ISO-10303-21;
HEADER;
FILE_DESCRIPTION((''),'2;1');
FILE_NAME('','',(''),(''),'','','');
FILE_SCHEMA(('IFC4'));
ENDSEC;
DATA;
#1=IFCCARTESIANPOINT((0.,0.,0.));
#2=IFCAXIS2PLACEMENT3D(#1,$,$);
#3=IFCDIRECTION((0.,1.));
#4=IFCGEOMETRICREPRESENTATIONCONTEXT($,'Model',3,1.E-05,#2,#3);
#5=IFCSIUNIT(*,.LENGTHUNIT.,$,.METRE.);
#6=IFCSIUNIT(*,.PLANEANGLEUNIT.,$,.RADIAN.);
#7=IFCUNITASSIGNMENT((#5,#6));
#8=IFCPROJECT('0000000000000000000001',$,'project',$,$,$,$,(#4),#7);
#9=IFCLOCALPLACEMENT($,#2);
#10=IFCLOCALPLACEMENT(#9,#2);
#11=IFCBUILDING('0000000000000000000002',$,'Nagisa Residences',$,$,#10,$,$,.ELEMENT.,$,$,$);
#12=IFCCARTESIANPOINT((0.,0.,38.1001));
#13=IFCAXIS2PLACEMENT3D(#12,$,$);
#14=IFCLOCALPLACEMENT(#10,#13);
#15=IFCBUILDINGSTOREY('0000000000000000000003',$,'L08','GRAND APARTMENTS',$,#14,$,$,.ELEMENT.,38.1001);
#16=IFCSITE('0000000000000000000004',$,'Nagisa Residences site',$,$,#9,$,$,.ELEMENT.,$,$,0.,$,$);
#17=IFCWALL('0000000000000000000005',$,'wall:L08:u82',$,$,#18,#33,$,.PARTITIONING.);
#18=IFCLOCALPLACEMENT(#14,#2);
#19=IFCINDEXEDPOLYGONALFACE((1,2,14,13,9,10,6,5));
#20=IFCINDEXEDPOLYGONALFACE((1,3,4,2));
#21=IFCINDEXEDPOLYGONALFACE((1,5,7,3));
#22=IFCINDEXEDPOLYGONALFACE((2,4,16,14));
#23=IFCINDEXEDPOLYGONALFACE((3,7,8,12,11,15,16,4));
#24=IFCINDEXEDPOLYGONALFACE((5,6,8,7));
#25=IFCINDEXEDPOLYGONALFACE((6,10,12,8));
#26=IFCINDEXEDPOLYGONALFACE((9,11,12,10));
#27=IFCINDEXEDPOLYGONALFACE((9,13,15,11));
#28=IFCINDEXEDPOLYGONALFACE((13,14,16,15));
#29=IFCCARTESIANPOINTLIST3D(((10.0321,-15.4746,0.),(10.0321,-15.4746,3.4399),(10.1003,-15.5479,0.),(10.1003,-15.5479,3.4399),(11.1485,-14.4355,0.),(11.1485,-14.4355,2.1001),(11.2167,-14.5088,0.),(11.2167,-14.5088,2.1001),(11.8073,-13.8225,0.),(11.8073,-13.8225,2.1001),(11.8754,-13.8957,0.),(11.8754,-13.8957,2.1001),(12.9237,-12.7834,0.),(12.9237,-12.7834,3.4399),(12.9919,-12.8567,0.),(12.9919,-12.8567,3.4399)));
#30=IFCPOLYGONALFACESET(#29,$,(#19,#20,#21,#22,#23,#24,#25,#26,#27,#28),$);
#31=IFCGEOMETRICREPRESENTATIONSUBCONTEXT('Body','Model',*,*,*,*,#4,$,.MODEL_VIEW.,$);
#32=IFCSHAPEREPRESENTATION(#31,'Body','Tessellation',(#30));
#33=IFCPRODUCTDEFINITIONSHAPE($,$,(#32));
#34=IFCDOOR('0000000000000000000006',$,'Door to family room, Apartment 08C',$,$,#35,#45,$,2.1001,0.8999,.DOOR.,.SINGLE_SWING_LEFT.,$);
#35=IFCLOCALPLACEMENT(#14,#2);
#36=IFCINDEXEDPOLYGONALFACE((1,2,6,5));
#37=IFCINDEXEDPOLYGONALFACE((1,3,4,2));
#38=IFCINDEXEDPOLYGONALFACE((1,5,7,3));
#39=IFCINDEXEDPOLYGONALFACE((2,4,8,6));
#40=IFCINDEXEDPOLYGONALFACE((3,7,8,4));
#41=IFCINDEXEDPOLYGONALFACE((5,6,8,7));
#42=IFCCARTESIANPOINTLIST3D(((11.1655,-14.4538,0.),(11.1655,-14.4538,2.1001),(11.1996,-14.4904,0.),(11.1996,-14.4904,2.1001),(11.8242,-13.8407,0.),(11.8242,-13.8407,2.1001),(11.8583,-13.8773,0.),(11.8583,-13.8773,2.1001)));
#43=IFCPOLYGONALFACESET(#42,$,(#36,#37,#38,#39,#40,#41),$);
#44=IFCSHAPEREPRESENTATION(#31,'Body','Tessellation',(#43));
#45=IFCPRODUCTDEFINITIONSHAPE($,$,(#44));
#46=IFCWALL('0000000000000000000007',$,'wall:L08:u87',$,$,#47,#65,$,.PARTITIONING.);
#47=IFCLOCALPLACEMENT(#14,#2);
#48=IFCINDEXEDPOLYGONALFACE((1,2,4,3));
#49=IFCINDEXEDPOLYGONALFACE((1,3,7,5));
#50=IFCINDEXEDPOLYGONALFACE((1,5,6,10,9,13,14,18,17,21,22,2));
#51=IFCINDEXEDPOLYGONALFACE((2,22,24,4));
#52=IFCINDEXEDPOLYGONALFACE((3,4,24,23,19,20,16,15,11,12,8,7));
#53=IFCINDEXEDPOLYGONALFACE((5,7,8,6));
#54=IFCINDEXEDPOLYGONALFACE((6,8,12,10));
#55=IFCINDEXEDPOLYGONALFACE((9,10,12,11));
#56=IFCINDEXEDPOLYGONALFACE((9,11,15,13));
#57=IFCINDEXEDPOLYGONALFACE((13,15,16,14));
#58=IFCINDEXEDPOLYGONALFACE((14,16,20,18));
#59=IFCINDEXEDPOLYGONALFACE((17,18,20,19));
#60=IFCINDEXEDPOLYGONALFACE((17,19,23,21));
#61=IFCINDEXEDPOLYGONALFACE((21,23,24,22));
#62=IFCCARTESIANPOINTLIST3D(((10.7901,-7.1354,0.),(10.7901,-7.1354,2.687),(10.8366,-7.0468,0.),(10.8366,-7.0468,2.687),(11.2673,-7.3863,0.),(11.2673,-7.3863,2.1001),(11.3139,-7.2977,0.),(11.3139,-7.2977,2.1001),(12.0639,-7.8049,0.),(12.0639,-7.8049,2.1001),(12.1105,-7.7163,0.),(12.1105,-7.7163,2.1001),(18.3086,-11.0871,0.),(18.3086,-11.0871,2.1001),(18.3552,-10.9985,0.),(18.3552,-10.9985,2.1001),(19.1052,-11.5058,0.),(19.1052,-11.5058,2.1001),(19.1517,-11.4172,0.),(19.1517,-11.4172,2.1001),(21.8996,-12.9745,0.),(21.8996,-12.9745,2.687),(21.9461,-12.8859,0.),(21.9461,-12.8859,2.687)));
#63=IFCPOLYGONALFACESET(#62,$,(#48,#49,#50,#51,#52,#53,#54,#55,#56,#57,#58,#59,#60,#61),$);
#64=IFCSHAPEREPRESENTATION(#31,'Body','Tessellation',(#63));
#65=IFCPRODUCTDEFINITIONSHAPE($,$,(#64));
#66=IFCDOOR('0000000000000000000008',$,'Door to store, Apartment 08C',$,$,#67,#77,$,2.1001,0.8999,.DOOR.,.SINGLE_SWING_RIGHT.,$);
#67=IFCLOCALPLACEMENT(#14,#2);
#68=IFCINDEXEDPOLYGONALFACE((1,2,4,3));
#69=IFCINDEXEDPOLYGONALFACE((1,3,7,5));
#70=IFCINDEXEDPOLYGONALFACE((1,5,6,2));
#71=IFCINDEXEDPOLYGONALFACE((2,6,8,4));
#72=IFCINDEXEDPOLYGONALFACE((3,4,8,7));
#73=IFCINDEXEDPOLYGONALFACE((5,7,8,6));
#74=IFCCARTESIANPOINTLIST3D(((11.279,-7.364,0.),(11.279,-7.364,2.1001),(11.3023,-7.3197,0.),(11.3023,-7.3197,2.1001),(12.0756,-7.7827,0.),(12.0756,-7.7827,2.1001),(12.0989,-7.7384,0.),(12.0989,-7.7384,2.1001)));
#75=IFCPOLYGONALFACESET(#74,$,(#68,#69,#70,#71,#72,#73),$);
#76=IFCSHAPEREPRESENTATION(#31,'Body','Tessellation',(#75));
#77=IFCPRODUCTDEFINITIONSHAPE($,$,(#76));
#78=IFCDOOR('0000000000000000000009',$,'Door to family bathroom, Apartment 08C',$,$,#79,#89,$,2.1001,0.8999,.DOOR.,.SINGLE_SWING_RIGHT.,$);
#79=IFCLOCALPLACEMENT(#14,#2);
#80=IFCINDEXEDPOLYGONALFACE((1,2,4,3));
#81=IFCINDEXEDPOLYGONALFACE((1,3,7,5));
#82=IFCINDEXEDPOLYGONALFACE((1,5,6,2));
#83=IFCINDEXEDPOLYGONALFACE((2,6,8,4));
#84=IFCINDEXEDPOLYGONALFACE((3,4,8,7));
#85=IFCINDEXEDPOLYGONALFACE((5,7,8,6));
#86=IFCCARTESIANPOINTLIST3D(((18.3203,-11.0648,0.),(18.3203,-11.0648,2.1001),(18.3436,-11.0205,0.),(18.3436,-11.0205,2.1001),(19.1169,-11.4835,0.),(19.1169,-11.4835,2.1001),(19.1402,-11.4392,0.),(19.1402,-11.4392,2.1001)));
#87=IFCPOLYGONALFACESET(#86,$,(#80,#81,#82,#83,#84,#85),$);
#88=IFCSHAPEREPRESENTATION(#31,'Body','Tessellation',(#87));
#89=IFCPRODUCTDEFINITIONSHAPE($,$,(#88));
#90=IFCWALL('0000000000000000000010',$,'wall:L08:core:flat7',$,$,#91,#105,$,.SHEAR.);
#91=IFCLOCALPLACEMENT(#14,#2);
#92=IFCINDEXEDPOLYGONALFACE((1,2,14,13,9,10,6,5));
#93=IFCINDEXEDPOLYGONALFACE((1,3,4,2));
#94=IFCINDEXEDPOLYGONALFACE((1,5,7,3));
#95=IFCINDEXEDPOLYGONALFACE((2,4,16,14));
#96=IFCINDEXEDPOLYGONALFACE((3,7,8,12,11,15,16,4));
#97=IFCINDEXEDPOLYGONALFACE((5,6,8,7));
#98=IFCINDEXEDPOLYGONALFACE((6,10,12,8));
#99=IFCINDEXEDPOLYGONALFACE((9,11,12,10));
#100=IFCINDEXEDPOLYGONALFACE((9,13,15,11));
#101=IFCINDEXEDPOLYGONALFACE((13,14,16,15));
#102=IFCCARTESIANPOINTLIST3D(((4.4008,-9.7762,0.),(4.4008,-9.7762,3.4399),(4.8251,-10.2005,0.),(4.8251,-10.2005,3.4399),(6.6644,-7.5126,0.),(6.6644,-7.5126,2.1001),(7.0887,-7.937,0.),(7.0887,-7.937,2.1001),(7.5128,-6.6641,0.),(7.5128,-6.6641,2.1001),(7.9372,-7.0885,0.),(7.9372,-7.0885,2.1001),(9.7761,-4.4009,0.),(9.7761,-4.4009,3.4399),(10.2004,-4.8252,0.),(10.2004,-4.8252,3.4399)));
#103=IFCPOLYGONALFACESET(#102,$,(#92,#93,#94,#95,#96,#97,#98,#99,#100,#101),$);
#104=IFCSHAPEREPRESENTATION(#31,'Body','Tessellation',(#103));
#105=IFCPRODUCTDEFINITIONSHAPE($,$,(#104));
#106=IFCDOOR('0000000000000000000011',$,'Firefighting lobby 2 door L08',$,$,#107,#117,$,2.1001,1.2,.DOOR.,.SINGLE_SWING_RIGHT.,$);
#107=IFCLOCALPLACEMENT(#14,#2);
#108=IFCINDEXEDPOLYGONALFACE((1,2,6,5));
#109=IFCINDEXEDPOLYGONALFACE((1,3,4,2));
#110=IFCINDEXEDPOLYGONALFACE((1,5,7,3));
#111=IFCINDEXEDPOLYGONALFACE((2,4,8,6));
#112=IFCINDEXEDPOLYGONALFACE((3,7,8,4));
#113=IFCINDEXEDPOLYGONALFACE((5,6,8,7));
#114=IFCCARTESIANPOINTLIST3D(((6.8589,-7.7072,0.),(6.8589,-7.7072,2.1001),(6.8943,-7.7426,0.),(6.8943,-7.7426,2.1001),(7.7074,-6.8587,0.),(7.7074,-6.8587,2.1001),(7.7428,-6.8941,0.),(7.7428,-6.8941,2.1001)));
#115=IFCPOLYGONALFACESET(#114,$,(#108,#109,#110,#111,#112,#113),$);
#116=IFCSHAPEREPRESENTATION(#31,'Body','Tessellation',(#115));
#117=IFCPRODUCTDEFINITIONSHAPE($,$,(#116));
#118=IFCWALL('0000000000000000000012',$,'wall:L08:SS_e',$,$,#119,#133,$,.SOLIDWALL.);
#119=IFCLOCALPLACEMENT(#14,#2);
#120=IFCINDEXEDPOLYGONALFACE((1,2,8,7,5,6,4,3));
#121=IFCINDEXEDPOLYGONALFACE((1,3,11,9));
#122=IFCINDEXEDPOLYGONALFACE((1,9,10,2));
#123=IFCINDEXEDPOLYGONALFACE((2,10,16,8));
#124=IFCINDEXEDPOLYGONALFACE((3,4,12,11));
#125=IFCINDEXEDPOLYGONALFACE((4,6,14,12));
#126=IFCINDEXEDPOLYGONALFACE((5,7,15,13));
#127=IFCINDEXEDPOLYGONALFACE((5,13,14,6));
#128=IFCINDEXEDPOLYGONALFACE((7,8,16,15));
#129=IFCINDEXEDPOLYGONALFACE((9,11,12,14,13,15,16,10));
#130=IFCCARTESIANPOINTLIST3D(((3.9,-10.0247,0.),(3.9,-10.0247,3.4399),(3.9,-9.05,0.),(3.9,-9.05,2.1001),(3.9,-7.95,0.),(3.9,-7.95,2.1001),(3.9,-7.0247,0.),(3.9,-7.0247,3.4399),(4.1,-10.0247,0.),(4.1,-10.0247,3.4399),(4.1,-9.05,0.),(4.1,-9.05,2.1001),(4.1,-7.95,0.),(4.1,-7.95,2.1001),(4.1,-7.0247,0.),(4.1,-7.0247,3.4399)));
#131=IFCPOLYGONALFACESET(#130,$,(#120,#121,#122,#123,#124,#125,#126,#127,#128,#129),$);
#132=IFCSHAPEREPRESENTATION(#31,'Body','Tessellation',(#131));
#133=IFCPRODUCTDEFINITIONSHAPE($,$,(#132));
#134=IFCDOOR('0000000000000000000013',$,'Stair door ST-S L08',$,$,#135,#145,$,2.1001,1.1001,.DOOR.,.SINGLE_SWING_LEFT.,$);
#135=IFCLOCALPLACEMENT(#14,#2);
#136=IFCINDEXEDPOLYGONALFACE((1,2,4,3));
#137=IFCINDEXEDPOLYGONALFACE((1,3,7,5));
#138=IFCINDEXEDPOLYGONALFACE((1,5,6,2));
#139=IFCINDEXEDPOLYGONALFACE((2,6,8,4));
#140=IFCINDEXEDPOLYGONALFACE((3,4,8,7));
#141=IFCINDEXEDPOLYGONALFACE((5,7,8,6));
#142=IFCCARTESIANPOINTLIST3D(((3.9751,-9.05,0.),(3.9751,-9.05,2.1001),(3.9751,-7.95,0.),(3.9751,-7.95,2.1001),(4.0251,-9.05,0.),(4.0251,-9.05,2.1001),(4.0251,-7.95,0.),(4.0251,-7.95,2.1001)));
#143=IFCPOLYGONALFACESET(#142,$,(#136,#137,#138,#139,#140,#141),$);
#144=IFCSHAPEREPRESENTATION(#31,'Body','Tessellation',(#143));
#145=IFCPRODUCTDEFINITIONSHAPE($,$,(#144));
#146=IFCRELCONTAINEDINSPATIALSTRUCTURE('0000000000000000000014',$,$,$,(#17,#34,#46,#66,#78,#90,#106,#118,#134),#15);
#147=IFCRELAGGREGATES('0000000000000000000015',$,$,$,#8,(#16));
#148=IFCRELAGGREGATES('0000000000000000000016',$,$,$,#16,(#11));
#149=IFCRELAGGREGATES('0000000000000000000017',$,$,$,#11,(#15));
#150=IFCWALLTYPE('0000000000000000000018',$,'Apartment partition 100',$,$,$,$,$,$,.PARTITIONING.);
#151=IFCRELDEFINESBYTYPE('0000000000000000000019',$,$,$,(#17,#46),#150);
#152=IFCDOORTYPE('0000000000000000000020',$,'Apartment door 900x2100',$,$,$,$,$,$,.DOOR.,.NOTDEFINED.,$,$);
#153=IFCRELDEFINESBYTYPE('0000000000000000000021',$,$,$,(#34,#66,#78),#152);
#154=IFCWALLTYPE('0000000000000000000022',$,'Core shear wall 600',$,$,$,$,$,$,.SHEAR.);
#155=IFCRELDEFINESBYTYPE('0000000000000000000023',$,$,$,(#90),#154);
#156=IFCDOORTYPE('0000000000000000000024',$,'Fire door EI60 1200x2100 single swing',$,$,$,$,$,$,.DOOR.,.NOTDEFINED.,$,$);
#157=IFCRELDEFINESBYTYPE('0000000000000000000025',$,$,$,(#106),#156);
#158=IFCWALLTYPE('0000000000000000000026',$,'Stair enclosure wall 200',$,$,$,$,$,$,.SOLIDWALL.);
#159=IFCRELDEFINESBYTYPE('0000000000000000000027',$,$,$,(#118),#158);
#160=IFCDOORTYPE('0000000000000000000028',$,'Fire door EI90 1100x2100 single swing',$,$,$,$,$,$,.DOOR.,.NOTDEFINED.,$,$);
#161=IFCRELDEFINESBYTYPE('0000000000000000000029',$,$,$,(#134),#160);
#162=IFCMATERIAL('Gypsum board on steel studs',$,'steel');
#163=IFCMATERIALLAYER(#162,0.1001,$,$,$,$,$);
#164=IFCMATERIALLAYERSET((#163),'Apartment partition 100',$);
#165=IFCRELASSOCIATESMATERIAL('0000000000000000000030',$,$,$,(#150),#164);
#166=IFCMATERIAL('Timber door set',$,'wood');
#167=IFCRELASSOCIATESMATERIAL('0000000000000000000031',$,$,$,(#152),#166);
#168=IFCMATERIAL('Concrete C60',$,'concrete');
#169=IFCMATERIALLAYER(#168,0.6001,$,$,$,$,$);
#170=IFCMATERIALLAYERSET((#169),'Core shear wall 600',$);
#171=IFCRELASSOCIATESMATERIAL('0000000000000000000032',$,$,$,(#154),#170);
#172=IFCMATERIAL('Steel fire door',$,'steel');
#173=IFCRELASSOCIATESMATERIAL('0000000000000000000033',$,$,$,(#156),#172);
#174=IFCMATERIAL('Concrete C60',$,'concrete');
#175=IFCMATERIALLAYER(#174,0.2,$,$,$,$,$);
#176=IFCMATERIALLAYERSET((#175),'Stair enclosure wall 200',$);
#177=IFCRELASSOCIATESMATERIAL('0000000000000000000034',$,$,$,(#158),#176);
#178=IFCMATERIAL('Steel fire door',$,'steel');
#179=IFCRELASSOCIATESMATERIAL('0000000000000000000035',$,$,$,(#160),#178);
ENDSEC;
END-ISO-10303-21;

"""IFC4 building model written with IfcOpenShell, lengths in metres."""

from ifc_helpers import new_model, si_unit, direction, frame, frame_2d, origin, place, context, subcontext, project, spatial, rectangle, extrude, material, layer, layer_set, type_object, element, fill, save


model = new_model("IFC4")

# Units and contexts
model_context = context("Model", 3, precision=1e-05, world=origin(), true_north=direction((0.0, 1.0)))
body_context = subcontext(model_context, "Body", "Model", "MODEL_VIEW")
ifc_project = project(units=[si_unit("LENGTHUNIT", "METRE"), si_unit("PLANEANGLEUNIT", "RADIAN")], contexts=[model_context])

# Site, building, storey
site_placement = place(None, origin())
site = spatial("IfcSite", under=ifc_project, at=site_placement, Name="Nagisa Residences site", CompositionType="ELEMENT", RefElevation=0.0)
building_placement = place(site_placement, origin())
building = spatial("IfcBuilding", under=site, at=building_placement, Name="Nagisa Residences", CompositionType="ELEMENT")
storey_placement = place(building_placement, frame((0.0, 0.0, 38.1001)))
storey = spatial("IfcBuildingStorey", under=building, at=storey_placement, Name="L08", Description="GRAND APARTMENTS", CompositionType="ELEMENT", Elevation=38.1001)

# Shared definitions
ifc_material_1 = material(Name="Gypsum board on steel studs", Category="steel")
ifc_layer_1 = layer(ifc_material_1, 0.1001)
ifc_layer_set_1 = layer_set([ifc_layer_1], Name="Apartment partition 100")
wall_type_1 = type_object("IfcWallType", Name="Apartment partition 100", PredefinedType="PARTITIONING", material=ifc_layer_set_1)
ifc_material_2 = material(Name="Timber door set", Category="wood")
door_type_1 = type_object("IfcDoorType", Name="Apartment door 900x2100", OperationType="NOTDEFINED", PredefinedType="DOOR", material=ifc_material_2)

# Wall, opening, door
wall_1_placement = place(storey_placement, frame((10.0662, -15.5112, 0.0), z_axis=(0.0, 0.0, 1.0), x_axis=(0.732023, 0.68128, 0.0)))
wall_1 = element("IfcWall", 1, at=wall_1_placement, inside=storey, type_object=wall_type_1, Name="wall:L08:u82", PredefinedType="PARTITIONING", context=body_context, shape_type="SweptSolid", body=[
    extrude(rectangle(XDim=3.9502, YDim=0.1001, at=frame_2d((1.9751, 0.0))), origin(), (0.0, 0.0, 1.0), 3.4399),
])
opening_1_placement = place(wall_1_placement, frame((1.5251, 0.0, 0.0)))
opening_1 = element("IfcOpeningElement", 2, at=opening_1_placement, cuts=wall_1, PredefinedType="OPENING", context=body_context, shape_type="SweptSolid", body=[
    extrude(rectangle(XDim=0.8999, YDim=2.1001, at=frame_2d((0.45, 1.05))), frame((0.0, 0.0601, 0.0), z_axis=(0.0, -1.0, 0.0), x_axis=(1.0, 0.0, 0.0)), (0.0, 0.0, 1.0), 0.1201),
])
door_1_placement = place(opening_1_placement, frame((0.8999, 0.0, 0.0), x_axis=(-1.0, 0.0, 0.0)))
door_1 = element("IfcDoor", 3, at=door_1_placement, inside=storey, type_object=door_type_1, Name="Door to family room, Apartment 08C", OperationType="SINGLE_SWING_LEFT", OverallHeight=2.1001, OverallWidth=0.8999, PredefinedType="DOOR", context=body_context, shape_type="SweptSolid", body=[
    extrude(rectangle(XDim=0.8999, YDim=2.1001, at=frame_2d((0.45, 1.05))), frame((0.0, 0.0249, 0.0), z_axis=(0.0, -1.0, 0.0), x_axis=(1.0, 0.0, 0.0)), (0.0, 0.0, 1.0), 0.05),
])
fill(opening_1, door_1)

# Wall, openings, doors
wall_2_placement = place(storey_placement, frame((10.8132, -7.0911, 0.0), z_axis=(0.0, 0.0, 1.0), x_axis=(0.885183, -0.465244, 0.0)))
wall_2 = element("IfcWall", 4, at=wall_2_placement, inside=storey, type_object=wall_type_1, Name="wall:L08:u87", PredefinedType="PARTITIONING", context=body_context, shape_type="SweptSolid", body=[
    extrude(rectangle(XDim=12.5505, YDim=0.1001, at=frame_2d((6.2754, 0.0))), origin(), (0.0, 0.0, 1.0), 2.687),
])
opening_2_placement = place(wall_2_placement, frame((0.5393, 0.0, 0.0)))
opening_2 = element("IfcOpeningElement", 5, at=opening_2_placement, cuts=wall_2, PredefinedType="OPENING", context=body_context, shape_type="SweptSolid", body=[
    extrude(rectangle(XDim=0.8999, YDim=2.1001, at=frame_2d((0.45, 1.05))), frame((0.0, 0.0601, 0.0), z_axis=(0.0, -1.0, 0.0), x_axis=(1.0, 0.0, 0.0)), (0.0, 0.0, 1.0), 0.1201),
])
opening_3_placement = place(wall_2_placement, frame((8.4939, 0.0, 0.0)))
opening_3 = element("IfcOpeningElement", 6, at=opening_3_placement, cuts=wall_2, PredefinedType="OPENING", context=body_context, shape_type="SweptSolid", body=[
    extrude(rectangle(XDim=0.8999, YDim=2.1001, at=frame_2d((0.45, 1.05))), frame((0.0, 0.0601, 0.0), z_axis=(0.0, -1.0, 0.0), x_axis=(1.0, 0.0, 0.0)), (0.0, 0.0, 1.0), 0.1201),
])
door_2_placement = place(opening_2_placement, frame((0.8999, 0.0, 0.0), x_axis=(-1.0, 0.0, 0.0)))
door_2 = element("IfcDoor", 7, at=door_2_placement, inside=storey, type_object=door_type_1, Name="Door to store, Apartment 08C", OperationType="SINGLE_SWING_RIGHT", OverallHeight=2.1001, OverallWidth=0.8999, PredefinedType="DOOR", context=body_context, shape_type="SweptSolid", body=[
    extrude(rectangle(XDim=0.8999, YDim=2.1001, at=frame_2d((0.45, 1.05))), frame((0.0, 0.0249, 0.0), z_axis=(0.0, -1.0, 0.0), x_axis=(1.0, 0.0, 0.0)), (0.0, 0.0, 1.0), 0.05),
])
fill(opening_2, door_2)
door_3_placement = place(opening_3_placement, frame((0.8999, 0.0, 0.0), x_axis=(-1.0, 0.0, 0.0)))
door_3 = element("IfcDoor", 8, at=door_3_placement, inside=storey, type_object=door_type_1, Name="Door to family bathroom, Apartment 08C", OperationType="SINGLE_SWING_RIGHT", OverallHeight=2.1001, OverallWidth=0.8999, PredefinedType="DOOR", context=body_context, shape_type="SweptSolid", body=[
    extrude(rectangle(XDim=0.8999, YDim=2.1001, at=frame_2d((0.45, 1.05))), frame((0.0, 0.0249, 0.0), z_axis=(0.0, -1.0, 0.0), x_axis=(1.0, 0.0, 0.0)), (0.0, 0.0, 1.0), 0.05),
])
fill(opening_3, door_3)

# Walls, openings, doors
ifc_material_3 = material(Name="Concrete C60", Category="concrete")
ifc_layer_2 = layer(ifc_material_3, 0.6001)
ifc_layer_set_2 = layer_set([ifc_layer_2], Name="Core shear wall 600")
wall_type_2 = type_object("IfcWallType", Name="Core shear wall 600", PredefinedType="SHEAR", material=ifc_layer_set_2)
wall_3_placement = place(storey_placement, frame((4.613, -9.9883, 0.0), z_axis=(0.0, 0.0, 1.0), x_axis=(0.707107, 0.707107, 0.0)))
wall_3 = element("IfcWall", 9, at=wall_3_placement, inside=storey, type_object=wall_type_2, Name="wall:L08:core:flat7", PredefinedType="SHEAR", context=body_context, shape_type="SweptSolid", body=[
    extrude(rectangle(XDim=7.6018, YDim=0.6001, at=frame_2d((3.8008, 0.0))), origin(), (0.0, 0.0, 1.0), 3.4399),
])
opening_4_placement = place(wall_3_placement, frame((3.2009, 0.0, 0.0)))
opening_4 = element("IfcOpeningElement", 10, at=opening_4_placement, cuts=wall_3, PredefinedType="OPENING", context=body_context, shape_type="SweptSolid", body=[
    extrude(rectangle(XDim=1.2, YDim=2.1001, at=frame_2d((0.6001, 1.05))), frame((0.0, 0.3101, 0.0), z_axis=(0.0, -1.0, 0.0), x_axis=(1.0, 0.0, 0.0)), (0.0, 0.0, 1.0), 0.6201),
])
ifc_material_4 = material(Name="Steel fire door", Category="steel")
door_type_2 = type_object("IfcDoorType", Name="Fire door EI60 1200x2100 single swing", OperationType="NOTDEFINED", PredefinedType="DOOR", material=ifc_material_4)
door_4_placement = place(opening_4_placement, origin())
door_4 = element("IfcDoor", 11, at=door_4_placement, inside=storey, type_object=door_type_2, Name="Firefighting lobby 2 door L08", OperationType="SINGLE_SWING_RIGHT", OverallHeight=2.1001, OverallWidth=1.2, PredefinedType="DOOR", context=body_context, shape_type="SweptSolid", body=[
    extrude(rectangle(XDim=1.2, YDim=2.1001, at=frame_2d((0.6001, 1.05))), frame((0.0, 0.0249, 0.0), z_axis=(0.0, -1.0, 0.0), x_axis=(1.0, 0.0, 0.0)), (0.0, 0.0, 1.0), 0.05),
])
fill(opening_4, door_4)
ifc_material_5 = material(Name="Concrete C60", Category="concrete")
ifc_layer_3 = layer(ifc_material_5, 0.2)
ifc_layer_set_3 = layer_set([ifc_layer_3], Name="Stair enclosure wall 200")
wall_type_3 = type_object("IfcWallType", Name="Stair enclosure wall 200", PredefinedType="SOLIDWALL", material=ifc_layer_set_3)
wall_4_placement = place(storey_placement, frame((4.0, -10.0247, 0.0), z_axis=(0.0, 0.0, 1.0), x_axis=(0.0, 1.0, 0.0)))
wall_4 = element("IfcWall", 12, at=wall_4_placement, inside=storey, type_object=wall_type_3, Name="wall:L08:SS_e", PredefinedType="SOLIDWALL", context=body_context, shape_type="SweptSolid", body=[
    extrude(rectangle(XDim=3.0, YDim=0.2, at=frame_2d((1.5, 0.0))), origin(), (0.0, 0.0, 1.0), 3.4399),
])
opening_5_placement = place(wall_4_placement, frame((0.9746, 0.0, 0.0)))
opening_5 = element("IfcOpeningElement", 13, at=opening_5_placement, cuts=wall_4, PredefinedType="OPENING", context=body_context, shape_type="SweptSolid", body=[
    extrude(rectangle(XDim=1.1001, YDim=2.1001, at=frame_2d((0.55, 1.05))), frame((0.0, 0.1099, 0.0), z_axis=(0.0, -1.0, 0.0), x_axis=(1.0, 0.0, 0.0)), (0.0, 0.0, 1.0), 0.22),
])
ifc_material_6 = material(Name="Steel fire door", Category="steel")
door_type_3 = type_object("IfcDoorType", Name="Fire door EI90 1100x2100 single swing", OperationType="NOTDEFINED", PredefinedType="DOOR", material=ifc_material_6)
door_5_placement = place(opening_5_placement, origin())
door_5 = element("IfcDoor", 14, at=door_5_placement, inside=storey, type_object=door_type_3, Name="Stair door ST-S L08", OperationType="SINGLE_SWING_LEFT", OverallHeight=2.1001, OverallWidth=1.1001, PredefinedType="DOOR", context=body_context, shape_type="SweptSolid", body=[
    extrude(rectangle(XDim=1.1001, YDim=2.1001, at=frame_2d((0.55, 1.05))), frame((0.0, 0.0249, 0.0), z_axis=(0.0, -1.0, 0.0), x_axis=(1.0, 0.0, 0.0)), (0.0, 0.0, 1.0), 0.05),
])
fill(opening_5, door_5)

save(model, "model.ifc")
